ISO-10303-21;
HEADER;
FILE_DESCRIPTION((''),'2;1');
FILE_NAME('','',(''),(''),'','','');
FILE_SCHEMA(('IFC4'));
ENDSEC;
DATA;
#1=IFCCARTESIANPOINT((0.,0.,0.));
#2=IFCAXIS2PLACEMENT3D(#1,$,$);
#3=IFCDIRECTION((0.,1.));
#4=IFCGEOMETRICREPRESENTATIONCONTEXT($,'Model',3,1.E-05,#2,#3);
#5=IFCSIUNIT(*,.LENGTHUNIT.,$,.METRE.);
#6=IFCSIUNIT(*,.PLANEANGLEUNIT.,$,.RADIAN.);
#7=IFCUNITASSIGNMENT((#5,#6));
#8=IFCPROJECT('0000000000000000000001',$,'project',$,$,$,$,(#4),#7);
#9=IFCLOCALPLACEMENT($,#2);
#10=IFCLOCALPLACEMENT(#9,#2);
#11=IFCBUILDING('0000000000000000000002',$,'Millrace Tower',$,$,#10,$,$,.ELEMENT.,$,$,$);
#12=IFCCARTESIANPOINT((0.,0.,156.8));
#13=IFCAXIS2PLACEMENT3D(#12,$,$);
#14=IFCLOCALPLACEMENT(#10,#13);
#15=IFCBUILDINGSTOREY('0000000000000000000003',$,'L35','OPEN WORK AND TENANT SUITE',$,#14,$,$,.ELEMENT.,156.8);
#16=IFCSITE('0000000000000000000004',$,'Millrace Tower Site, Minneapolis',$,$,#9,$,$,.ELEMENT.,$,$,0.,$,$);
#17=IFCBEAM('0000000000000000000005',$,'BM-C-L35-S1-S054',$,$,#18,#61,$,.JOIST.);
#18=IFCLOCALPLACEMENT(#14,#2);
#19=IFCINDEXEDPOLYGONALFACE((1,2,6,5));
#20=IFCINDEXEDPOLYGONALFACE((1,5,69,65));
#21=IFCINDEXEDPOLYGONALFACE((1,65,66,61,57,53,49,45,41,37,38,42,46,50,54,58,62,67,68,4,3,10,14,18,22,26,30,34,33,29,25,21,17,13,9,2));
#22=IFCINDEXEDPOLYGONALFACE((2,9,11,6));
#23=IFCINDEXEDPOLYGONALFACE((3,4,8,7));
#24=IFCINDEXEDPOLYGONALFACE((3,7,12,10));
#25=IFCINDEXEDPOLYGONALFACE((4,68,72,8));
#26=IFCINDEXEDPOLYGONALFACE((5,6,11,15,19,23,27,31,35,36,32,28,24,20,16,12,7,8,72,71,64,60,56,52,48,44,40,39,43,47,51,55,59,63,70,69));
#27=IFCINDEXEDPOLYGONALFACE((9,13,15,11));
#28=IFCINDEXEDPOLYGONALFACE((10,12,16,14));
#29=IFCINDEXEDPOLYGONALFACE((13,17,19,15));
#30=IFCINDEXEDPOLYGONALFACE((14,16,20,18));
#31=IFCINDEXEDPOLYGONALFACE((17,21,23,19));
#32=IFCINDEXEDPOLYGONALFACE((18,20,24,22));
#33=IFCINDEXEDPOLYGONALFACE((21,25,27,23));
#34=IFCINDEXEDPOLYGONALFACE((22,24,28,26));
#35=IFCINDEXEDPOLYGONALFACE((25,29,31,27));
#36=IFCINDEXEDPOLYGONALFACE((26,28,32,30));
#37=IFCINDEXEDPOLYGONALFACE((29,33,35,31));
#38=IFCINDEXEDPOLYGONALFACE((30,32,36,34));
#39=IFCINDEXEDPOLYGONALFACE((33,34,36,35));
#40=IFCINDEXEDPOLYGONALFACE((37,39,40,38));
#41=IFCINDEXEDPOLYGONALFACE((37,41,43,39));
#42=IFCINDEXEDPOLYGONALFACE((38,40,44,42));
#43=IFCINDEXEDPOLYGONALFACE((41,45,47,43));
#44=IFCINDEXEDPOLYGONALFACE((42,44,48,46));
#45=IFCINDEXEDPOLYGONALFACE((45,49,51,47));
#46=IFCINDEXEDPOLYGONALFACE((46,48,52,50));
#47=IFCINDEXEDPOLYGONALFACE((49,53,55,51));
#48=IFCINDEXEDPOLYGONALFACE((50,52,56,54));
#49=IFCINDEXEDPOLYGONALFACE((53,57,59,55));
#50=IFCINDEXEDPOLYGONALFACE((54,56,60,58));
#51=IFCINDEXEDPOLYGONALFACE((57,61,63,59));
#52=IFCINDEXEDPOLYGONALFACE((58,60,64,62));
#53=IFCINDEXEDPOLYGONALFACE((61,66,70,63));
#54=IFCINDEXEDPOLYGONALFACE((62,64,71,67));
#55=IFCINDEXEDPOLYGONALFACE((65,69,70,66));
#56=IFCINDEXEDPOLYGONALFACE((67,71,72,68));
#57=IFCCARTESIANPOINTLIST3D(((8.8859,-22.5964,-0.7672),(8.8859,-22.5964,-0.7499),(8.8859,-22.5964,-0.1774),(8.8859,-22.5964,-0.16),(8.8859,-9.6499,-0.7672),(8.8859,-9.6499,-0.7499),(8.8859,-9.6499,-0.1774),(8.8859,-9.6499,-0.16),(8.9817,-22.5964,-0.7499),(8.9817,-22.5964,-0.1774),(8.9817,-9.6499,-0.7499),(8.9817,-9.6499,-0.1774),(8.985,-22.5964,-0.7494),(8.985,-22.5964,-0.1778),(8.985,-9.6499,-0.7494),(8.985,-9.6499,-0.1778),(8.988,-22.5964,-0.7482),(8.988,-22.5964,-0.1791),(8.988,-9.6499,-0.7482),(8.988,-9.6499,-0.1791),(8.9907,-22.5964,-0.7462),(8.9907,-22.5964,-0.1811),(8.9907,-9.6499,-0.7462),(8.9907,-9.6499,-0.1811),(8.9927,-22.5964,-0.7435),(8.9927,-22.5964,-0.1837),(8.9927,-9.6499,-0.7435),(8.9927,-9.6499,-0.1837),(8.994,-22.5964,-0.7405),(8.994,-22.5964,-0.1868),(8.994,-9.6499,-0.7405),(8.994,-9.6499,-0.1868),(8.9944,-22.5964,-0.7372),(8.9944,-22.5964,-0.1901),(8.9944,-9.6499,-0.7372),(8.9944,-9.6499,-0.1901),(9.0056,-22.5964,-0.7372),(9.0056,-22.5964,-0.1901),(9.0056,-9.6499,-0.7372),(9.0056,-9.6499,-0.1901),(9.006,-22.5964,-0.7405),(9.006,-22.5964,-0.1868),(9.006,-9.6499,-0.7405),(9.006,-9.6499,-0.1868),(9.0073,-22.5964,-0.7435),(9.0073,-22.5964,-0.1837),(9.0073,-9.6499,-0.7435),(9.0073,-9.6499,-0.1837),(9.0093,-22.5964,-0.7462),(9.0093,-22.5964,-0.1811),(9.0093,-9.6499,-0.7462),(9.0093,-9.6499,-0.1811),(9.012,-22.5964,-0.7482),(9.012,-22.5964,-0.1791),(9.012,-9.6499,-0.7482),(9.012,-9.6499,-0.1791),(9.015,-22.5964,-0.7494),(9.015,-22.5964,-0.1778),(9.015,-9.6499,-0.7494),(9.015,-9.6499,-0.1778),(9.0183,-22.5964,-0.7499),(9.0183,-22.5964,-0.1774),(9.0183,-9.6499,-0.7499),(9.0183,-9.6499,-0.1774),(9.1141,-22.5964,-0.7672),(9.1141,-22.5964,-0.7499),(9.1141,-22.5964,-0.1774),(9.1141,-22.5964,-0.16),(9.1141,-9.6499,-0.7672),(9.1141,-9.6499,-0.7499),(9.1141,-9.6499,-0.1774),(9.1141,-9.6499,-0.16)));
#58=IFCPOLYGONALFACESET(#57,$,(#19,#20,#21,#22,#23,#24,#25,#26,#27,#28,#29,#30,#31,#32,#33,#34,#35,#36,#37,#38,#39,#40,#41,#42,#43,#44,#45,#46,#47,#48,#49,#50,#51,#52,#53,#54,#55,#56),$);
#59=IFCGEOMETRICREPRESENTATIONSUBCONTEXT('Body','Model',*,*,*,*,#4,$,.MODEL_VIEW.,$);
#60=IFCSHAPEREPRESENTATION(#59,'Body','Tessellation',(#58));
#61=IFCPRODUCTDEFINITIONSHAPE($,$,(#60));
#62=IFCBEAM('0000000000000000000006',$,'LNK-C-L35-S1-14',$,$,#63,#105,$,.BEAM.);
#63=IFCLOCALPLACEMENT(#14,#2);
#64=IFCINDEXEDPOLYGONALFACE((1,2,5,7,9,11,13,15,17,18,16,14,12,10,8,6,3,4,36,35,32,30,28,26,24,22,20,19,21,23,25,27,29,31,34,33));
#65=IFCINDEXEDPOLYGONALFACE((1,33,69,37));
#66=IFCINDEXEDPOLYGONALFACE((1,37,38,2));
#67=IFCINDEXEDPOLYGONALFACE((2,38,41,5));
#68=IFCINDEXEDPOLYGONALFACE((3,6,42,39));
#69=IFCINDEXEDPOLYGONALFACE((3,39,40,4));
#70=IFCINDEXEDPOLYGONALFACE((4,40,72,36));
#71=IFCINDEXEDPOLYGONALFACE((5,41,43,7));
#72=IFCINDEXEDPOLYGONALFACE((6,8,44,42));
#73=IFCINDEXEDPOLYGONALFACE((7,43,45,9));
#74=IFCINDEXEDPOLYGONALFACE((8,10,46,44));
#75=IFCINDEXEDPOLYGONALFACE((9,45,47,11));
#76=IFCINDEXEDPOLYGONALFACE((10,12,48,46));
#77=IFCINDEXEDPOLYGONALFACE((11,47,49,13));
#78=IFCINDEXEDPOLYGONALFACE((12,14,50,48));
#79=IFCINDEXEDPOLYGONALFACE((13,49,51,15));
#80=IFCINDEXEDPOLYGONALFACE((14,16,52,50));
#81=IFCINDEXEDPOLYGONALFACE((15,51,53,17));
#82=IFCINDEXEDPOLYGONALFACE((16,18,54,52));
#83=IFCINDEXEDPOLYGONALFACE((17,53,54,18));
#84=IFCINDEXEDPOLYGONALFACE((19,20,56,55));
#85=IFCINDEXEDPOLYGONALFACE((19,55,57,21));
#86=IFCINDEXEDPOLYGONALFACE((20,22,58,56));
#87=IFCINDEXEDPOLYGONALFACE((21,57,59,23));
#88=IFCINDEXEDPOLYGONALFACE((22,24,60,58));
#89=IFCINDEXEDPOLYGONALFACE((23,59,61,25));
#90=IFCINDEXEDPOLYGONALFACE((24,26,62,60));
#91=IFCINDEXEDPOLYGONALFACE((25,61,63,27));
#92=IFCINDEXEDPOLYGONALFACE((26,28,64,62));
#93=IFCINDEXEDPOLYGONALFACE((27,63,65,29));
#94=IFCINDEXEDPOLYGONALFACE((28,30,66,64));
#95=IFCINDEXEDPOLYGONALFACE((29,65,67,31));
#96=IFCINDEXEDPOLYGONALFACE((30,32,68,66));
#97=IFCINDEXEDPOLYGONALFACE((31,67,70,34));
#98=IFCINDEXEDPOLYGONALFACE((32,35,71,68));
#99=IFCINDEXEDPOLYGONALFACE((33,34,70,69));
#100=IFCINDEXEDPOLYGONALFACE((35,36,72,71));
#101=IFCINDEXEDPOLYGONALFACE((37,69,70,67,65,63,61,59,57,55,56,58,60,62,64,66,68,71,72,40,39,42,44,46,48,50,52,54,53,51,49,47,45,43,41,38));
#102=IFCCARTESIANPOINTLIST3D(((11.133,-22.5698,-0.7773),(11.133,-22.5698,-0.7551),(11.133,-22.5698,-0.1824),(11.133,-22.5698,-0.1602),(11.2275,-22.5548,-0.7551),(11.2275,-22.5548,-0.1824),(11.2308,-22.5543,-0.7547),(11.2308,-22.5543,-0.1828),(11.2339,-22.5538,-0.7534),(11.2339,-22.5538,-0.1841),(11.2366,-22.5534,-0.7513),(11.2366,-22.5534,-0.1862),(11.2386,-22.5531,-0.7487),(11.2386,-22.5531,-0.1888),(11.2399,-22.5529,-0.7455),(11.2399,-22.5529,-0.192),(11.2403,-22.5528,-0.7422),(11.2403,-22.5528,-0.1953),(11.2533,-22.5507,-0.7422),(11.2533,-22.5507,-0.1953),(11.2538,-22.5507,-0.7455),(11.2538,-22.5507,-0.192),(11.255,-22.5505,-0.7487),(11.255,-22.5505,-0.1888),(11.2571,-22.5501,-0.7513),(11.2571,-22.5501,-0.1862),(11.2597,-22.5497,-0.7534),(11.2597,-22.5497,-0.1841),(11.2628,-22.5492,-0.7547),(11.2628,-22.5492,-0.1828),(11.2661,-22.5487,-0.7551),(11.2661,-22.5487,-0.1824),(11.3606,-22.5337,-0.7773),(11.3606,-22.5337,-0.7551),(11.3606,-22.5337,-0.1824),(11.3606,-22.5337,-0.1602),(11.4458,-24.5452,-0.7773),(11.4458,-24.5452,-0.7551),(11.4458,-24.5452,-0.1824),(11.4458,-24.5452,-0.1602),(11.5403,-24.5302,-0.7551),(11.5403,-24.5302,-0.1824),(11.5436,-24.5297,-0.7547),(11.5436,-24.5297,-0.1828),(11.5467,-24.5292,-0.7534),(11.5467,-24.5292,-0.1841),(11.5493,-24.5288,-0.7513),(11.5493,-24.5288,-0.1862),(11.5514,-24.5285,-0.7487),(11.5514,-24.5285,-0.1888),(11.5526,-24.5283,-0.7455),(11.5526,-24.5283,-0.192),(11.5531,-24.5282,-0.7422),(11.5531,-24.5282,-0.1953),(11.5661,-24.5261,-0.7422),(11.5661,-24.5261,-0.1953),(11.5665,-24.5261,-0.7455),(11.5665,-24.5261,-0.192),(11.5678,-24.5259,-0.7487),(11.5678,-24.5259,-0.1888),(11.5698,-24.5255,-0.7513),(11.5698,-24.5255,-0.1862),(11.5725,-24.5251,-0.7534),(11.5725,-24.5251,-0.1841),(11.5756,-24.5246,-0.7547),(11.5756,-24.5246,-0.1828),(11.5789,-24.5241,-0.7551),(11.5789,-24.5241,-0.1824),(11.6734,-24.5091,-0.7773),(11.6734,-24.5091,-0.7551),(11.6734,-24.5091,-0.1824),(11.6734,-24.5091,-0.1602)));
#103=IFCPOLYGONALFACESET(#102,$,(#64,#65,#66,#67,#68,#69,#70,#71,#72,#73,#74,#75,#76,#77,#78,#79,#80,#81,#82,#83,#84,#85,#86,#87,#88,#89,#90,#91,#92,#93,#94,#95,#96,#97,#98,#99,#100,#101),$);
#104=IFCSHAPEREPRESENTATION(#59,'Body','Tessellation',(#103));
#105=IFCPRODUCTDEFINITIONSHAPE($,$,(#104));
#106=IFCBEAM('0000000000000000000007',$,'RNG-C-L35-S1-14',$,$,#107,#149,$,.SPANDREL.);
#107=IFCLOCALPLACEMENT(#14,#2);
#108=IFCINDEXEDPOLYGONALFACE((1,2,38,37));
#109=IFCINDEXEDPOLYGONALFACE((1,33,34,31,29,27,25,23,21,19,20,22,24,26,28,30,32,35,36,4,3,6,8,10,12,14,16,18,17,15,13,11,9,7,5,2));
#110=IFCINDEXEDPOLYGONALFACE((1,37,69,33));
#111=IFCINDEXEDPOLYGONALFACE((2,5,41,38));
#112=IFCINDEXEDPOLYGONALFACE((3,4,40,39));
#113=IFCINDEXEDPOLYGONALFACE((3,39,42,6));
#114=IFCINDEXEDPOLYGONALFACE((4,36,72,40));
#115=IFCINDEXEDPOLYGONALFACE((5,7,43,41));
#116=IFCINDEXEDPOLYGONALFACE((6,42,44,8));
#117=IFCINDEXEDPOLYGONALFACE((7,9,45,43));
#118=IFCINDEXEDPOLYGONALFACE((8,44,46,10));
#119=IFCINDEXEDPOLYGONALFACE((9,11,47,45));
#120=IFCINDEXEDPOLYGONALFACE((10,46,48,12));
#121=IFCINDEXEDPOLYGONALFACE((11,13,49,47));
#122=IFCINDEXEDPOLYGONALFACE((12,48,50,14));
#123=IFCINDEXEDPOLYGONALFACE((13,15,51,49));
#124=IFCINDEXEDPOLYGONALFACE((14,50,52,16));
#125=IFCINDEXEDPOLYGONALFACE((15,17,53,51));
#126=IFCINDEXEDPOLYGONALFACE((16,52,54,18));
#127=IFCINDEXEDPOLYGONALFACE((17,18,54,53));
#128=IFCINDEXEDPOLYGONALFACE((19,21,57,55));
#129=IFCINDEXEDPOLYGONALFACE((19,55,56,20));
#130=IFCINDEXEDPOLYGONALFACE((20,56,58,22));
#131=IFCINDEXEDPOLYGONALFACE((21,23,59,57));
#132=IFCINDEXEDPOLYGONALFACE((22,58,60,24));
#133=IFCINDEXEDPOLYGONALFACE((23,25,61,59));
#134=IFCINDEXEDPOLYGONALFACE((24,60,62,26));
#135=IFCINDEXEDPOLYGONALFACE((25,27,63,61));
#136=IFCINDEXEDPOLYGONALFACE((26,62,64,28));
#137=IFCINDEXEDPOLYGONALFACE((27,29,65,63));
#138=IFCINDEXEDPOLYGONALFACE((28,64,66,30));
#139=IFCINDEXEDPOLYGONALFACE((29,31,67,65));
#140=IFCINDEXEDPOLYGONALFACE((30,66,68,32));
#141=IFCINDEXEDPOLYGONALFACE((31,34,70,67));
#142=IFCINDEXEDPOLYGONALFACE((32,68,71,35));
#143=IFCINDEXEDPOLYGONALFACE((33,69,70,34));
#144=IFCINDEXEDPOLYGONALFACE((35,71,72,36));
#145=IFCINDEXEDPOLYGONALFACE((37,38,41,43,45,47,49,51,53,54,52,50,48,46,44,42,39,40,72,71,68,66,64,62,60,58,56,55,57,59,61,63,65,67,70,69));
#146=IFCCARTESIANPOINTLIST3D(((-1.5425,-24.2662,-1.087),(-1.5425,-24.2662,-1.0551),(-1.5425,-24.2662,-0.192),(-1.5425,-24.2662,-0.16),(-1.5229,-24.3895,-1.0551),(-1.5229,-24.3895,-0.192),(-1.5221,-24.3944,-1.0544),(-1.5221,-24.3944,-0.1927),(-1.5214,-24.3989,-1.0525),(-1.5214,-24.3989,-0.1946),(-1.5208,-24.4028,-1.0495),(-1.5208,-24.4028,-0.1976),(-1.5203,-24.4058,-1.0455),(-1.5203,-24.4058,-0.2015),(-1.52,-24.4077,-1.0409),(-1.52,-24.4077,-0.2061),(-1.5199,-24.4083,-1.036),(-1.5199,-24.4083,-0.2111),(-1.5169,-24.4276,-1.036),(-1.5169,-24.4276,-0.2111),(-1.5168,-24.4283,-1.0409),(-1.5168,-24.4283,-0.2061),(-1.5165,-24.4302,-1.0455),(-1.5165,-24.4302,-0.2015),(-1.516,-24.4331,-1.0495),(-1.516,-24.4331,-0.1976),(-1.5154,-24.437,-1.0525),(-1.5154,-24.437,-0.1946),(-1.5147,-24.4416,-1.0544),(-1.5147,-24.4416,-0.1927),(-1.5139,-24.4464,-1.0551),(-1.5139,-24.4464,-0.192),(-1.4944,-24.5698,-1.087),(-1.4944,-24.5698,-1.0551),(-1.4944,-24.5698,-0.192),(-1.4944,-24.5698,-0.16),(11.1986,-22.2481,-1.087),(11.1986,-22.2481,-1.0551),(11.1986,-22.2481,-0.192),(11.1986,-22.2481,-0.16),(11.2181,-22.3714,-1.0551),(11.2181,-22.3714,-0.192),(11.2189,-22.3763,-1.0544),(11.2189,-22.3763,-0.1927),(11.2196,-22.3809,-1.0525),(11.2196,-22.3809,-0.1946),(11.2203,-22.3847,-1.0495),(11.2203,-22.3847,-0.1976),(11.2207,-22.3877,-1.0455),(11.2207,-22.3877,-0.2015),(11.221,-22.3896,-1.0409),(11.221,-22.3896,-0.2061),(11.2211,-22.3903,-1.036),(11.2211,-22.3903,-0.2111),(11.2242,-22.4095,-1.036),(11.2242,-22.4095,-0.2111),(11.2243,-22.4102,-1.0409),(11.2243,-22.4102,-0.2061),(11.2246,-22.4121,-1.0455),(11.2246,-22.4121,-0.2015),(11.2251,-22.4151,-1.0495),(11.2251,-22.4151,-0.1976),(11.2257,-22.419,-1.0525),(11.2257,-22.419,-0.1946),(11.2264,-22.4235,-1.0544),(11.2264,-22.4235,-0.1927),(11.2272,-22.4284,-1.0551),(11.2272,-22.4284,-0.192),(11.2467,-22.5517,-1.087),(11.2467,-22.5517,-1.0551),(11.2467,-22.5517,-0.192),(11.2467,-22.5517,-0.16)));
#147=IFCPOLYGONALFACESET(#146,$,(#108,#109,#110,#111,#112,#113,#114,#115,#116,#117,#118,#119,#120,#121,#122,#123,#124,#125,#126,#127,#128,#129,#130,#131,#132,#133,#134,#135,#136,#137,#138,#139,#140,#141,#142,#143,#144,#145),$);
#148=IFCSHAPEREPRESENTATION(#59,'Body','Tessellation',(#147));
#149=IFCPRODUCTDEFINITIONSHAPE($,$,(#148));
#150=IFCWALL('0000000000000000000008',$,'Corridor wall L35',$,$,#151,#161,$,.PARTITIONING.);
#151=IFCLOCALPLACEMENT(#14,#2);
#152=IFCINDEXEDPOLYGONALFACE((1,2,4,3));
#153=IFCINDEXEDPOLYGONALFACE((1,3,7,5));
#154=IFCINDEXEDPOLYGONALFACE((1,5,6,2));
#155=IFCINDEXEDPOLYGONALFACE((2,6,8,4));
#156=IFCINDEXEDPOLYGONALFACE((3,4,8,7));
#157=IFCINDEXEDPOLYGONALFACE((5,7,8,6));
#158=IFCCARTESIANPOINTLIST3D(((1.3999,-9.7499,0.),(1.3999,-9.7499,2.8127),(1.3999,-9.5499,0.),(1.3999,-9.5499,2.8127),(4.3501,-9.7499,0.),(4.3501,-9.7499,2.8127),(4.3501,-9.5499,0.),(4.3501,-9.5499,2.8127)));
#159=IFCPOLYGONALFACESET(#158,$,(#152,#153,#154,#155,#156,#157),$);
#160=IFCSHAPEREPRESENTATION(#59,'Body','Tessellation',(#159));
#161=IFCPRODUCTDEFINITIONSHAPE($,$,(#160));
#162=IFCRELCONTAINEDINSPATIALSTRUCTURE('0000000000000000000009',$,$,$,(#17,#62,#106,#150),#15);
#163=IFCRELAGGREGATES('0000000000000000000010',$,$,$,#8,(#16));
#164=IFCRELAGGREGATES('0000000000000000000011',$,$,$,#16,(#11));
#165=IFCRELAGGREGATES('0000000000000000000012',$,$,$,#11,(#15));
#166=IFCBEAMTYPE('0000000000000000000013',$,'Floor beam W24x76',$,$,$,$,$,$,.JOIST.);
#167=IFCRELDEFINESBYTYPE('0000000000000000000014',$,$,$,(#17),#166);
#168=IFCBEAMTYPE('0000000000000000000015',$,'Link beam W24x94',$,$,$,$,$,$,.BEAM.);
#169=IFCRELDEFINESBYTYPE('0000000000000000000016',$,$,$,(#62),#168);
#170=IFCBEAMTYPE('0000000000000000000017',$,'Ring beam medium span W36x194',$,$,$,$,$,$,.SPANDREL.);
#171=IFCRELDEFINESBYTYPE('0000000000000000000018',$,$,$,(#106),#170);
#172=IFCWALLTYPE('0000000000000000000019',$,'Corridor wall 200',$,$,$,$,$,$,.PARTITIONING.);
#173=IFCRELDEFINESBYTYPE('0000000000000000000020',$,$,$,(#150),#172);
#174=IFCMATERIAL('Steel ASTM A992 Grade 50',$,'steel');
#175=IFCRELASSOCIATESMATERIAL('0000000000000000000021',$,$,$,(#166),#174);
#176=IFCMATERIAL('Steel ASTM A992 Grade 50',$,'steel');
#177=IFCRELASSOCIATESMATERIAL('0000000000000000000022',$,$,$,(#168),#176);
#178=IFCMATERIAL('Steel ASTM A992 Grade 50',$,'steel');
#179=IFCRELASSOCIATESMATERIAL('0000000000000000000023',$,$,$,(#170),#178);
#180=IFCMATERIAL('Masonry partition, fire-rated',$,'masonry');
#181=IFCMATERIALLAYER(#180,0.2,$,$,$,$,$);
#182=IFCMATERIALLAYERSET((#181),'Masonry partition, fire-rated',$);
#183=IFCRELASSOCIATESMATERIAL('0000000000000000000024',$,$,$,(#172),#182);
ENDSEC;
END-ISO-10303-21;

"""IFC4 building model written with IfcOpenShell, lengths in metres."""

from ifc_helpers import new_model, si_unit, direction, frame, frame_2d, origin, origin_2d, place, context, subcontext, project, spatial, rectangle, i_section, extrude, material, layer, layer_set, material_profile, profile_set, type_object, element, save


model = new_model("IFC4")

# Units and contexts
model_context = context("Model", 3, precision=1e-05, world=origin(), true_north=direction((0.0, 1.0)))
body_context = subcontext(model_context, "Body", "Model", "MODEL_VIEW")
ifc_project = project(units=[si_unit("LENGTHUNIT", "METRE"), si_unit("PLANEANGLEUNIT", "RADIAN")], contexts=[model_context])

# Site, building, storey
site_placement = place(None, origin())
site = spatial("IfcSite", under=ifc_project, at=site_placement, Name="Millrace Tower Site, Minneapolis", CompositionType="ELEMENT", RefElevation=0.0)
building_placement = place(site_placement, origin())
building = spatial("IfcBuilding", under=site, at=building_placement, Name="Millrace Tower", CompositionType="ELEMENT")
storey_placement = place(building_placement, frame((0.0, 0.0, 156.8)))
storey = spatial("IfcBuildingStorey", under=building, at=storey_placement, Name="L35", Description="OPEN WORK AND TENANT SUITE", CompositionType="ELEMENT", Elevation=156.8)

# Beams
ifc_material_1 = material(Name="Steel ASTM A992 Grade 50", Category="steel")
ifc_material_profile_1 = material_profile(ifc_material_1, i_section(OverallWidth=0.2283, OverallDepth=0.6072, WebThickness=0.0112, FlangeThickness=0.0173, FilletRadius=0.0127, at=origin_2d()))
ifc_profile_set_1 = profile_set([ifc_material_profile_1], Name="Steel ASTM A992 Grade 50")
beam_type_1 = type_object("IfcBeamType", Name="Floor beam W24x76", PredefinedType="JOIST", material=ifc_profile_set_1)
beam_1_placement = place(storey_placement, frame((9.0, -22.5964, -0.4636), z_axis=(0.0, 1.0, 0.0), x_axis=(-1.0, 0.0, 0.0)))
element("IfcBeam", 1, at=beam_1_placement, inside=storey, type_object=beam_type_1, Name="BM-C-L35-S1-S054", PredefinedType="JOIST", context=body_context, shape_type="SweptSolid", body=[
    extrude(i_section(OverallWidth=0.2283, OverallDepth=0.6072, WebThickness=0.0112, FlangeThickness=0.0173, FilletRadius=0.0127, at=origin_2d()), origin(), (0.0, 0.0, 1.0), 12.9465),
])
ifc_material_2 = material(Name="Steel ASTM A992 Grade 50", Category="steel")
ifc_material_profile_2 = material_profile(ifc_material_2, i_section(OverallWidth=0.2305, OverallDepth=0.6172, WebThickness=0.0132, FlangeThickness=0.0222, FilletRadius=0.0129, at=origin_2d()))
ifc_profile_set_2 = profile_set([ifc_material_profile_2], Name="Steel ASTM A992 Grade 50")
beam_type_2 = type_object("IfcBeamType", Name="Link beam W24x94", PredefinedType="BEAM", material=ifc_profile_set_2)
beam_2_placement = place(storey_placement, frame((11.2468, -22.5518, -0.4688), z_axis=(0.156376, -0.987698, 0.0), x_axis=(0.987698, 0.156376, 0.0)))
element("IfcBeam", 2, at=beam_2_placement, inside=storey, type_object=beam_type_2, Name="LNK-C-L35-S1-14", PredefinedType="BEAM", context=body_context, shape_type="SweptSolid", body=[
    extrude(i_section(OverallWidth=0.2305, OverallDepth=0.6172, WebThickness=0.0132, FlangeThickness=0.0222, FilletRadius=0.0129, at=origin_2d()), origin(), (0.0, 0.0, 1.0), 2.0),
])
ifc_material_3 = material(Name="Steel ASTM A992 Grade 50", Category="steel")
ifc_material_profile_3 = material_profile(ifc_material_3, i_section(OverallWidth=0.3074, OverallDepth=0.927, WebThickness=0.0195, FlangeThickness=0.032, FilletRadius=0.019, at=origin_2d()))
ifc_profile_set_3 = profile_set([ifc_material_profile_3], Name="Steel ASTM A992 Grade 50")
beam_type_3 = type_object("IfcBeamType", Name="Ring beam medium span W36x194", PredefinedType="SPANDREL", material=ifc_profile_set_3)
beam_3_placement = place(storey_placement, frame((11.2227, -22.3999, -0.6235), z_axis=(-0.987687, -0.156442, 0.0), x_axis=(0.156442, -0.987687, 0.0)))
element("IfcBeam", 3, at=beam_3_placement, inside=storey, type_object=beam_type_3, Name="RNG-C-L35-S1-14", PredefinedType="SPANDREL", context=body_context, shape_type="SweptSolid", body=[
    extrude(i_section(OverallWidth=0.3074, OverallDepth=0.927, WebThickness=0.0195, FlangeThickness=0.032, FilletRadius=0.019, at=origin_2d()), origin(), (0.0, 0.0, 1.0), 12.8999),
])

# Wall
ifc_material_4 = material(Name="Masonry partition, fire-rated", Category="masonry")
ifc_layer_1 = layer(ifc_material_4, 0.2)
ifc_layer_set_1 = layer_set([ifc_layer_1], Name="Masonry partition, fire-rated")
wall_type = type_object("IfcWallType", Name="Corridor wall 200", PredefinedType="PARTITIONING", material=ifc_layer_set_1)
wall_1_placement = place(storey_placement, frame((1.3999, -9.6499, 0.0), z_axis=(0.0, 0.0, 1.0), x_axis=(1.0, 0.0, 0.0)))
element("IfcWall", 4, at=wall_1_placement, inside=storey, type_object=wall_type, Name="Corridor wall L35", PredefinedType="PARTITIONING", context=body_context, shape_type="SweptSolid", body=[
    extrude(rectangle(XDim=2.9502, YDim=0.2, at=frame_2d((1.4751, 0.0))), origin(), (0.0, 0.0, 1.0), 2.8127),
])

save(model, "model.ifc")
